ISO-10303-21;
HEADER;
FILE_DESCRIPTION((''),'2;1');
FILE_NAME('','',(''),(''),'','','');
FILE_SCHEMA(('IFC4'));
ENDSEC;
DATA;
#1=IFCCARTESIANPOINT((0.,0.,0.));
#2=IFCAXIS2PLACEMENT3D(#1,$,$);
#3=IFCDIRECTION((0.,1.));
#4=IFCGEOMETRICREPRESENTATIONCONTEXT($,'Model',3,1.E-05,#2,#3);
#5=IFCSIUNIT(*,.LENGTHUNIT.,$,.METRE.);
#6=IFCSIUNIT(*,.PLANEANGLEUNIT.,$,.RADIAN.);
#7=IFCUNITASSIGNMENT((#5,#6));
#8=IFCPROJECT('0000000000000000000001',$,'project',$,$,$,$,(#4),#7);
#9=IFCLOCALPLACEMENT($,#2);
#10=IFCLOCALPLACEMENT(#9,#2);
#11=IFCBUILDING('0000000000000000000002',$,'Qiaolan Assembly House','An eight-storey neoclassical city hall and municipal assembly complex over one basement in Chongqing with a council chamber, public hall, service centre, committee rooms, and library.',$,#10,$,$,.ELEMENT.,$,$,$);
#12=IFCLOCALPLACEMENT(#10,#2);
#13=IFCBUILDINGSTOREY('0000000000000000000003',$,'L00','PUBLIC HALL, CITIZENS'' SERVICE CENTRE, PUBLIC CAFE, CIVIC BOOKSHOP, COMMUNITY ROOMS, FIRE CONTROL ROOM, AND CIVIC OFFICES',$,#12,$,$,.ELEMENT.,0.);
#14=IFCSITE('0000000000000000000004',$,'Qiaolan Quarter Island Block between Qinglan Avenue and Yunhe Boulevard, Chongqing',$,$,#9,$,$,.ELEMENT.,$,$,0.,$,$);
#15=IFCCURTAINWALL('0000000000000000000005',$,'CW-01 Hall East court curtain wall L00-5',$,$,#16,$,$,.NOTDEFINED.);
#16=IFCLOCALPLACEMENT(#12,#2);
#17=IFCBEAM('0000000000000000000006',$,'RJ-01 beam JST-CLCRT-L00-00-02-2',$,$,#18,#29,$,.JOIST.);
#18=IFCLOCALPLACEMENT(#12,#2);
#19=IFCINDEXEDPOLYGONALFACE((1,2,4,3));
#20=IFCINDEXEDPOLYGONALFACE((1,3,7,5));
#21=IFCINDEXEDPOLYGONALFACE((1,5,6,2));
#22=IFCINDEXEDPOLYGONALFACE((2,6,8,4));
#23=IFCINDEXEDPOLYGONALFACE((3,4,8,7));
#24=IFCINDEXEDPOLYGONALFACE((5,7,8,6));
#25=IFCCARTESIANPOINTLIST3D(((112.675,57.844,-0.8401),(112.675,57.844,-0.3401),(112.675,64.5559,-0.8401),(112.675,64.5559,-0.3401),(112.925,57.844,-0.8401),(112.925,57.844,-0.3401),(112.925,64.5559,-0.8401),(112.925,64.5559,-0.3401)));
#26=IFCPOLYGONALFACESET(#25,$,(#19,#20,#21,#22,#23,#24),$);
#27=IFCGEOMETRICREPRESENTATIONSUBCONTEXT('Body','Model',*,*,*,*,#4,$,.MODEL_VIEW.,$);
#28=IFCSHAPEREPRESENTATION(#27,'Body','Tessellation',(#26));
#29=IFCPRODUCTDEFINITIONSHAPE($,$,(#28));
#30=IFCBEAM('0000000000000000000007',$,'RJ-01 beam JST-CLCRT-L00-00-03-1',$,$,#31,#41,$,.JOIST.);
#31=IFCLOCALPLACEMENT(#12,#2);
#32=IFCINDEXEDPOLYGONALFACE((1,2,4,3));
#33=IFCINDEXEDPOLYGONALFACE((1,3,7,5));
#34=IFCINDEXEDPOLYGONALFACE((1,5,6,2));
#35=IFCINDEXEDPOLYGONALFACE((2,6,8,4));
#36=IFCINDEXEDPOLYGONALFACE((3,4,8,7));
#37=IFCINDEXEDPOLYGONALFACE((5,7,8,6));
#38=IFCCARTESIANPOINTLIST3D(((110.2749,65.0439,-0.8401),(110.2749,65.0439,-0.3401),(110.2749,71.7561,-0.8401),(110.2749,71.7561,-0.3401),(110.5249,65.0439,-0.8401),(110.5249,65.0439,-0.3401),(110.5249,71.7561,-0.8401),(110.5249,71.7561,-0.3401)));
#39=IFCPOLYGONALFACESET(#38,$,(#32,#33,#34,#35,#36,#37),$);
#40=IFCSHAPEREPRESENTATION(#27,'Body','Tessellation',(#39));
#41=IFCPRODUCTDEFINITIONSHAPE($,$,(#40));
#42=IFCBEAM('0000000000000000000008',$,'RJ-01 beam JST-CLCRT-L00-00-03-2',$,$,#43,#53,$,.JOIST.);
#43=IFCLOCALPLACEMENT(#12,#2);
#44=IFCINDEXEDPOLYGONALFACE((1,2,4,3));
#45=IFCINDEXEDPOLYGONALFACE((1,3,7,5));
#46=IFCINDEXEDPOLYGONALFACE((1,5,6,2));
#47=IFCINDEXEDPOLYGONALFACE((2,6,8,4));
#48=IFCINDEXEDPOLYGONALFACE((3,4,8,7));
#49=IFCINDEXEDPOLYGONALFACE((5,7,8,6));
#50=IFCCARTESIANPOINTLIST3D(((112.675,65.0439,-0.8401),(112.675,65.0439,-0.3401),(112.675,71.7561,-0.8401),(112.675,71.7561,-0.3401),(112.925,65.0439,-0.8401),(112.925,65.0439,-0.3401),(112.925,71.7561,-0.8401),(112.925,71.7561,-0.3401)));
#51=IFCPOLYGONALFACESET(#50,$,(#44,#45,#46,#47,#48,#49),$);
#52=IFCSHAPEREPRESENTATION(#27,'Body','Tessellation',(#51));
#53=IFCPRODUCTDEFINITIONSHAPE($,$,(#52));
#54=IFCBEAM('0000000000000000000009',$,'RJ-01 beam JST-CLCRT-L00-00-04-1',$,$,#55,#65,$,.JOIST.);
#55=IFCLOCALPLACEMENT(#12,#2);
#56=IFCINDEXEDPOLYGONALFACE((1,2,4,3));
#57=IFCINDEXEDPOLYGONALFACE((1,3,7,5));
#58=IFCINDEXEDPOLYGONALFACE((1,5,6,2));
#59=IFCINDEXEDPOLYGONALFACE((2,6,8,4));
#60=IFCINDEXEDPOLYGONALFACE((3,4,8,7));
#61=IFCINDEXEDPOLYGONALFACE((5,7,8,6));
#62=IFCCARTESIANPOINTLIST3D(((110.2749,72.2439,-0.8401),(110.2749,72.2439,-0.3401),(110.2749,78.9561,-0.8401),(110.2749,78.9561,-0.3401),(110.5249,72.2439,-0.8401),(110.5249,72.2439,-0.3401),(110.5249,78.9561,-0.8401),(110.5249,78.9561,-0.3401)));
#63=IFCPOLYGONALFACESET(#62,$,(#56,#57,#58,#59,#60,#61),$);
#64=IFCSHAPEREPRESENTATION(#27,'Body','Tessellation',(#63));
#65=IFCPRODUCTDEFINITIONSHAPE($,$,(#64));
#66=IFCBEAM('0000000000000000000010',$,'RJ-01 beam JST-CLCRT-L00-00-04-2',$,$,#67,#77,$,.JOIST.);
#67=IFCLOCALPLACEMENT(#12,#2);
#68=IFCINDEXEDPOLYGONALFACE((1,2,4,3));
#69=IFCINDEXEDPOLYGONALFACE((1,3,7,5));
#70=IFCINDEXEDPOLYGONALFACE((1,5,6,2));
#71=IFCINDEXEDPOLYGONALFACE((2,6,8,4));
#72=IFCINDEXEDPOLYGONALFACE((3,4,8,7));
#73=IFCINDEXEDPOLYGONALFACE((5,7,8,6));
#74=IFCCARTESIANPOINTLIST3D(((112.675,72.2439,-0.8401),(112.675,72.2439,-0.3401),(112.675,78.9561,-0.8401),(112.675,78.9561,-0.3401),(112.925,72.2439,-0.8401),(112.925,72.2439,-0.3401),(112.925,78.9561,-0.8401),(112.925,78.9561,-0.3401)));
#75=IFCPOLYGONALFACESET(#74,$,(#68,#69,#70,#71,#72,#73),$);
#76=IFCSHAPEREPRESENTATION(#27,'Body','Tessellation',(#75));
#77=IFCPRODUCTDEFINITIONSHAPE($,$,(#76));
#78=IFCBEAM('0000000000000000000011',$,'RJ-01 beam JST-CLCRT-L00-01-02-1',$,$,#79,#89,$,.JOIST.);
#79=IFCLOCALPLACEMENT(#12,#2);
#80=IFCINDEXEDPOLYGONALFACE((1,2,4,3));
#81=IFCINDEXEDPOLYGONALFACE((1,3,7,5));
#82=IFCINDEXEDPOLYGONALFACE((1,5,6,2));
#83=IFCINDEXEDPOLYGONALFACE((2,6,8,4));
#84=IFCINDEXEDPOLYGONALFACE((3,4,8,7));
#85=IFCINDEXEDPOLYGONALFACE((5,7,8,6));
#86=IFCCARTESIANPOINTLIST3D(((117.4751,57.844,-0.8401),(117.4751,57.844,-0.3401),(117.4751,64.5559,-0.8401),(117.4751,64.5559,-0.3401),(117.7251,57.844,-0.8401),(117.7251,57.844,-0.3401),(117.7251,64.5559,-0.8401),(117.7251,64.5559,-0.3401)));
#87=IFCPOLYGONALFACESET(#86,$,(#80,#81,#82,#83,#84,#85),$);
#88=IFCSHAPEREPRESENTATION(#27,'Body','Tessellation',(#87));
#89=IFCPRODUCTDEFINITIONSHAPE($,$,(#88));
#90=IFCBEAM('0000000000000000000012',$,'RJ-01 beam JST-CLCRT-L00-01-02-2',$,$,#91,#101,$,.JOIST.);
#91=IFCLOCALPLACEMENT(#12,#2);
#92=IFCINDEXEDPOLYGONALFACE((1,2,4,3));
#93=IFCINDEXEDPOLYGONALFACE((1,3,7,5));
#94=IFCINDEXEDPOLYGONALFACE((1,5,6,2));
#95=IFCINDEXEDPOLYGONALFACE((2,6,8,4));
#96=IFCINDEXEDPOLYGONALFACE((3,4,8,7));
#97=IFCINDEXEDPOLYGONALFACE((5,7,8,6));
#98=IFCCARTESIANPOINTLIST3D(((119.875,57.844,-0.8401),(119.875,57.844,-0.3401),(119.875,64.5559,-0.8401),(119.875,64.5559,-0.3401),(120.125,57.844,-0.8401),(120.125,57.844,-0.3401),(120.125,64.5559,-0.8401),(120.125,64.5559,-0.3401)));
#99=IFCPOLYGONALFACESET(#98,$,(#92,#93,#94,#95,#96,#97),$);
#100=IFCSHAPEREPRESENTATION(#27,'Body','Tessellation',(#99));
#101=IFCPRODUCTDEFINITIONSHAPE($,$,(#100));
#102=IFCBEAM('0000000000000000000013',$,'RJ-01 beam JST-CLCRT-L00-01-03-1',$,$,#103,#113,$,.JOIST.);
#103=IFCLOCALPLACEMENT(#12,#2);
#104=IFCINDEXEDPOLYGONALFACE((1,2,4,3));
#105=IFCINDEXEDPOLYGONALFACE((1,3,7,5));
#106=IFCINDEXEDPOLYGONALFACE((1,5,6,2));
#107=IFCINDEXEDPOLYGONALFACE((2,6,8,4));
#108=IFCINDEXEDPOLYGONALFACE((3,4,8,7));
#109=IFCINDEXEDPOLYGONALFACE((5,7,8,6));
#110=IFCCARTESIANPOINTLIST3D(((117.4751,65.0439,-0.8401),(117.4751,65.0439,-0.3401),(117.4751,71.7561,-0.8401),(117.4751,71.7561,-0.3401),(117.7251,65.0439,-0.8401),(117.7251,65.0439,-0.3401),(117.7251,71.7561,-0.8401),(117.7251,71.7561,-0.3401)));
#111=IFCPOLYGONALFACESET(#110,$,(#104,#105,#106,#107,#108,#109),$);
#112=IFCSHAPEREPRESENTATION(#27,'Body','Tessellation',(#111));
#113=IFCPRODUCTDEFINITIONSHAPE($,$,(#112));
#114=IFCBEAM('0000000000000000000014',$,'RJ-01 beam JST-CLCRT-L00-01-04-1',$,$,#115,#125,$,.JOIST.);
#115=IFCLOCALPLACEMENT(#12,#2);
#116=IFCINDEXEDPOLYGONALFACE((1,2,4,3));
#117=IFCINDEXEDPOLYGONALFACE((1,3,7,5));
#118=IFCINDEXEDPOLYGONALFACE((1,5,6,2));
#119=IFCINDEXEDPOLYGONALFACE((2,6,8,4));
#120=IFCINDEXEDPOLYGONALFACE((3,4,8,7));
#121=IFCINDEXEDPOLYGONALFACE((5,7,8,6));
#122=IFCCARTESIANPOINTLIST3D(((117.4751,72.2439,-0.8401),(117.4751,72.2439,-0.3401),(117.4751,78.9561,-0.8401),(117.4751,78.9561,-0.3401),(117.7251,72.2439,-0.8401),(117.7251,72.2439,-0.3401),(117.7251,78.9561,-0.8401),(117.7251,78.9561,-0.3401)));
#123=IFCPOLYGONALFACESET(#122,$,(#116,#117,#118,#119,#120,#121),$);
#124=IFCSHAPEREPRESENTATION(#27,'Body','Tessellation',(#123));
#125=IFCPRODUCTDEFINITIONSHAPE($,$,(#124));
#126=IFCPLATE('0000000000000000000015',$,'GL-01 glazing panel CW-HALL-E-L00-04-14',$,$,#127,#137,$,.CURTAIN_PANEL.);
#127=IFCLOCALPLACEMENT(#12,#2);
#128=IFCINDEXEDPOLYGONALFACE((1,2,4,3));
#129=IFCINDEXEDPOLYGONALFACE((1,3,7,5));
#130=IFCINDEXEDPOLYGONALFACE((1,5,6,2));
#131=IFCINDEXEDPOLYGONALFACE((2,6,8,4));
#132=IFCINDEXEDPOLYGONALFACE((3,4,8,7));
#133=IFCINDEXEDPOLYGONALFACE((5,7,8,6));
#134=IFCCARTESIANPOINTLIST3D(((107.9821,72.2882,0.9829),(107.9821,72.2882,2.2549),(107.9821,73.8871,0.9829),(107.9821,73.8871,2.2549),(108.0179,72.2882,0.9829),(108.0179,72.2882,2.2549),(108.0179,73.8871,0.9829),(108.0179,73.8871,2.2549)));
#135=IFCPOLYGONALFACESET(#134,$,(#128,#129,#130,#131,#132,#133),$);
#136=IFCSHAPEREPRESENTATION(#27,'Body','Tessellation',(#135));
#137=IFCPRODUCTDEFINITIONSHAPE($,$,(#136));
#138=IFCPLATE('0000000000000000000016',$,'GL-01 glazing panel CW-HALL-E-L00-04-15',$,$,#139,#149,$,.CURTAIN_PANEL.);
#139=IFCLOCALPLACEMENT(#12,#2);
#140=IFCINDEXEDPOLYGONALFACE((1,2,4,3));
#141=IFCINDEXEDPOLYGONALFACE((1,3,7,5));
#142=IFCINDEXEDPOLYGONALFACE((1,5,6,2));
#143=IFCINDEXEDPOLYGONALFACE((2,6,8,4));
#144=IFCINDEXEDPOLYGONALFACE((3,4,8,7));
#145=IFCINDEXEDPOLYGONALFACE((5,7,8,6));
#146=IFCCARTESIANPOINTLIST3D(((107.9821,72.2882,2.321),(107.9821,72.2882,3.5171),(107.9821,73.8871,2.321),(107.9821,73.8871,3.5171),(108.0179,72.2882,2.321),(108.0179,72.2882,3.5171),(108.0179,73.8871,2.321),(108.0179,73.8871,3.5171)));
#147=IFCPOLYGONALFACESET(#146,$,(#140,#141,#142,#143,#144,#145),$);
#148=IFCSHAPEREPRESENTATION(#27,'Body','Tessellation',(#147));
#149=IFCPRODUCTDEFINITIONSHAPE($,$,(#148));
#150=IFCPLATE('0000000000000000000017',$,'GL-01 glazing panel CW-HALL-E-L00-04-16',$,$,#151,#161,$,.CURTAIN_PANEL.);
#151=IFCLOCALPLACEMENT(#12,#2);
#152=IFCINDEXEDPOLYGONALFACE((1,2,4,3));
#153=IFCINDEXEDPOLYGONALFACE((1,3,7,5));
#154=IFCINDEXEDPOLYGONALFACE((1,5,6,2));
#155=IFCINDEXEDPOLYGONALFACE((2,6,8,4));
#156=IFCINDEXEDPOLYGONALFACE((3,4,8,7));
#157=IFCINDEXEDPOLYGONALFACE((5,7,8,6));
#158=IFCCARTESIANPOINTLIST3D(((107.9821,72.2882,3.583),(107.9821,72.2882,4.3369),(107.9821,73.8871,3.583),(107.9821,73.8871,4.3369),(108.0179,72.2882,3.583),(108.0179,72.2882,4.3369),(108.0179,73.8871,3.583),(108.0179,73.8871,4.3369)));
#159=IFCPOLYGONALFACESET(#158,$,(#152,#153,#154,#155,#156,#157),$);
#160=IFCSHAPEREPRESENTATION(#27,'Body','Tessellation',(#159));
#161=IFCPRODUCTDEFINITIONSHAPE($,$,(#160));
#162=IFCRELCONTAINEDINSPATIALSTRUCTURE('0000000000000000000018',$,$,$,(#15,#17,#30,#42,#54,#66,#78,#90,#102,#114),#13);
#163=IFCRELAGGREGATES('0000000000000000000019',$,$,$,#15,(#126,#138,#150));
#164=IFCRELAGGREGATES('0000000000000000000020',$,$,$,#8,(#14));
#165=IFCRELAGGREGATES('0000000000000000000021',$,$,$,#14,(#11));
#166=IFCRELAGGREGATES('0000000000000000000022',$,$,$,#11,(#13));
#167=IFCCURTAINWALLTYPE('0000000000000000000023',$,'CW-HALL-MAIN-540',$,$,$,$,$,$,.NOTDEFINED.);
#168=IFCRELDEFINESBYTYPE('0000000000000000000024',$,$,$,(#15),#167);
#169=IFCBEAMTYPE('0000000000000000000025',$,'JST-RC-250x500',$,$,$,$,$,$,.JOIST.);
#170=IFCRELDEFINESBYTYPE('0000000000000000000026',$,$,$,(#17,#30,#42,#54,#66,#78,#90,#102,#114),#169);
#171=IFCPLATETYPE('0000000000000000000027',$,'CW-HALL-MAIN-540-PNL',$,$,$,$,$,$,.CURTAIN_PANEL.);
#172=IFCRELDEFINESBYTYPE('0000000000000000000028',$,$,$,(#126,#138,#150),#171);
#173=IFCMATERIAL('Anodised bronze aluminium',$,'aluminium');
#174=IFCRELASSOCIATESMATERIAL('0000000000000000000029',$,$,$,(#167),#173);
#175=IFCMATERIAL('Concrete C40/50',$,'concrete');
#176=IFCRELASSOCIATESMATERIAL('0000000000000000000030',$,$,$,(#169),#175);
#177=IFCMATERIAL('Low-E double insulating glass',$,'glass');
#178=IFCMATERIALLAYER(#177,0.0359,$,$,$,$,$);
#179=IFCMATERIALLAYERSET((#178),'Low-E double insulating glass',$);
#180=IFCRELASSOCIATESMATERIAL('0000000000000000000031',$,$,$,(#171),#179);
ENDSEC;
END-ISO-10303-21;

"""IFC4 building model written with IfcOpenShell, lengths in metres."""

from ifc_helpers import new_model, si_unit, direction, frame, frame_2d, origin, origin_2d, place, context, subcontext, project, spatial, rectangle, extrude, material, layer, layer_set, material_profile, profile_set, type_object, element, aggregate, save


model = new_model("IFC4")

# Units and contexts
model_context = context("Model", 3, precision=1e-05, world=origin(), true_north=direction((0.0, 1.0)))
body_context = subcontext(model_context, "Body", "Model", "MODEL_VIEW")
ifc_project = project(units=[si_unit("LENGTHUNIT", "METRE"), si_unit("PLANEANGLEUNIT", "RADIAN")], contexts=[model_context])

# Site, building, storey
site_placement = place(None, origin())
site = spatial("IfcSite", under=ifc_project, at=site_placement, Name="Qiaolan Quarter Island Block between Qinglan Avenue and Yunhe Boulevard, Chongqing", CompositionType="ELEMENT", RefElevation=0.0)
building_placement = place(site_placement, origin())
building = spatial("IfcBuilding", under=site, at=building_placement, Name="Qiaolan Assembly House", Description="An eight-storey neoclassical city hall and municipal assembly complex over one basement in Chongqing with a council chamber, public hall, service centre, committee rooms, and library.", CompositionType="ELEMENT")
storey_placement = place(building_placement, origin())
storey = spatial("IfcBuildingStorey", under=building, at=storey_placement, Name="L00", Description="PUBLIC HALL, CITIZENS' SERVICE CENTRE, PUBLIC CAFE, CIVIC BOOKSHOP, COMMUNITY ROOMS, FIRE CONTROL ROOM, AND CIVIC OFFICES", CompositionType="ELEMENT", Elevation=0.0)

# Shared definitions
ifc_material_1 = material(Name="Concrete C40/50", Category="concrete")

# Curtain wall
ifc_material_2 = material(Name="Anodised bronze aluminium", Category="aluminium")
curtain_wall_type = type_object("IfcCurtainWallType", Name="CW-HALL-MAIN-540", PredefinedType="NOTDEFINED", material=ifc_material_2)
curtain_wall_placement = place(storey_placement, origin())
curtain_wall = element("IfcCurtainWall", 1, at=curtain_wall_placement, inside=storey, type_object=curtain_wall_type, Name="CW-01 Hall East court curtain wall L00-5", PredefinedType="NOTDEFINED")

# Beams
ifc_material_profile_1 = material_profile(ifc_material_1, rectangle(XDim=0.25, YDim=0.5, at=origin_2d()), Name="RCB 250x500")
ifc_profile_set_1 = profile_set([ifc_material_profile_1], Name="Concrete C40/50")
beam_type_1 = type_object("IfcBeamType", Name="JST-RC-250x500", PredefinedType="JOIST", material=ifc_profile_set_1)
for number, where, z_axis, x_axis, name in (
    (2, (112.8, 57.844, -0.5901), (0.0, 1.0, 0.0), (-1.0, 0.0, 0.0), "RJ-01 beam JST-CLCRT-L00-00-02-2"),
):
    element("IfcBeam", number, at=place(storey_placement, frame(where, z_axis=z_axis, x_axis=x_axis)), inside=storey, type_object=beam_type_1, Name=name, PredefinedType="JOIST", context=body_context, shape_type="SweptSolid", body=[
        extrude(rectangle(XDim=0.25, YDim=0.5, at=origin_2d()), origin(), (0.0, 0.0, 1.0), 6.7119),
    ])
for number, where, z_axis, x_axis, name in (
    (3, (110.3999, 65.0439, -0.5901), (0.0, 1.0, 0.0), (-1.0, 0.0, 0.0), "RJ-01 beam JST-CLCRT-L00-00-03-1"),
    (4, (112.8, 65.0439, -0.5901), (0.0, 1.0, 0.0), (-1.0, 0.0, 0.0), "RJ-01 beam JST-CLCRT-L00-00-03-2"),
    (5, (110.3999, 72.2439, -0.5901), (0.0, 1.0, 0.0), (-1.0, 0.0, 0.0), "RJ-01 beam JST-CLCRT-L00-00-04-1"),
    (6, (112.8, 72.2439, -0.5901), (0.0, 1.0, 0.0), (-1.0, 0.0, 0.0), "RJ-01 beam JST-CLCRT-L00-00-04-2"),
):
    element("IfcBeam", number, at=place(storey_placement, frame(where, z_axis=z_axis, x_axis=x_axis)), inside=storey, type_object=beam_type_1, Name=name, PredefinedType="JOIST", context=body_context, shape_type="SweptSolid", body=[
        extrude(rectangle(XDim=0.25, YDim=0.5, at=origin_2d()), origin(), (0.0, 0.0, 1.0), 6.7122),
    ])
for number, where, z_axis, x_axis, name in (
    (7, (117.6001, 57.844, -0.5901), (0.0, 1.0, 0.0), (-1.0, 0.0, 0.0), "RJ-01 beam JST-CLCRT-L00-01-02-1"),
    (8, (120.0, 57.844, -0.5901), (0.0, 1.0, 0.0), (-1.0, 0.0, 0.0), "RJ-01 beam JST-CLCRT-L00-01-02-2"),
):
    element("IfcBeam", number, at=place(storey_placement, frame(where, z_axis=z_axis, x_axis=x_axis)), inside=storey, type_object=beam_type_1, Name=name, PredefinedType="JOIST", context=body_context, shape_type="SweptSolid", body=[
        extrude(rectangle(XDim=0.25, YDim=0.5, at=origin_2d()), origin(), (0.0, 0.0, 1.0), 6.7119),
    ])
for number, where, z_axis, x_axis, name in (
    (9, (117.6001, 65.0439, -0.5901), (0.0, 1.0, 0.0), (-1.0, 0.0, 0.0), "RJ-01 beam JST-CLCRT-L00-01-03-1"),
    (10, (117.6001, 72.2439, -0.5901), (0.0, 1.0, 0.0), (-1.0, 0.0, 0.0), "RJ-01 beam JST-CLCRT-L00-01-04-1"),
):
    element("IfcBeam", number, at=place(storey_placement, frame(where, z_axis=z_axis, x_axis=x_axis)), inside=storey, type_object=beam_type_1, Name=name, PredefinedType="JOIST", context=body_context, shape_type="SweptSolid", body=[
        extrude(rectangle(XDim=0.25, YDim=0.5, at=origin_2d()), origin(), (0.0, 0.0, 1.0), 6.7122),
    ])

# Plates
ifc_material_3 = material(Name="Low-E double insulating glass", Category="glass")
ifc_layer = layer(ifc_material_3, 0.0359)
ifc_layer_set = layer_set([ifc_layer], Name="Low-E double insulating glass")
plate_type = type_object("IfcPlateType", Name="CW-HALL-MAIN-540-PNL", PredefinedType="CURTAIN_PANEL", material=ifc_layer_set)
plate_1_placement = place(storey_placement, frame((108.0, 73.887, 0.9829), z_axis=(0.0, 0.0, 1.0), x_axis=(0.0, -1.0, 0.0)))
plate_1 = element("IfcPlate", 11, at=plate_1_placement, type_object=plate_type, Name="GL-01 glazing panel CW-HALL-E-L00-04-14", PredefinedType="CURTAIN_PANEL", context=body_context, shape_type="SweptSolid", body=[
    extrude(rectangle(XDim=1.5989, YDim=0.0359, at=frame_2d((0.7993, 0.0))), origin(), (0.0, 0.0, 1.0), 1.272),
])
plate_2_placement = place(storey_placement, frame((108.0, 73.887, 2.321), z_axis=(0.0, 0.0, 1.0), x_axis=(0.0, -1.0, 0.0)))
plate_2 = element("IfcPlate", 12, at=plate_2_placement, type_object=plate_type, Name="GL-01 glazing panel CW-HALL-E-L00-04-15", PredefinedType="CURTAIN_PANEL", context=body_context, shape_type="SweptSolid", body=[
    extrude(rectangle(XDim=1.5989, YDim=0.0359, at=frame_2d((0.7993, 0.0))), origin(), (0.0, 0.0, 1.0), 1.196),
])
plate_3_placement = place(storey_placement, frame((108.0, 73.887, 3.583), z_axis=(0.0, 0.0, 1.0), x_axis=(0.0, -1.0, 0.0)))
plate_3 = element("IfcPlate", 13, at=plate_3_placement, type_object=plate_type, Name="GL-01 glazing panel CW-HALL-E-L00-04-16", PredefinedType="CURTAIN_PANEL", context=body_context, shape_type="SweptSolid", body=[
    extrude(rectangle(XDim=1.5989, YDim=0.0359, at=frame_2d((0.7993, 0.0))), origin(), (0.0, 0.0, 1.0), 0.7539),
])
aggregate(curtain_wall, [plate_1, plate_2, plate_3])

save(model, "model.ifc")
